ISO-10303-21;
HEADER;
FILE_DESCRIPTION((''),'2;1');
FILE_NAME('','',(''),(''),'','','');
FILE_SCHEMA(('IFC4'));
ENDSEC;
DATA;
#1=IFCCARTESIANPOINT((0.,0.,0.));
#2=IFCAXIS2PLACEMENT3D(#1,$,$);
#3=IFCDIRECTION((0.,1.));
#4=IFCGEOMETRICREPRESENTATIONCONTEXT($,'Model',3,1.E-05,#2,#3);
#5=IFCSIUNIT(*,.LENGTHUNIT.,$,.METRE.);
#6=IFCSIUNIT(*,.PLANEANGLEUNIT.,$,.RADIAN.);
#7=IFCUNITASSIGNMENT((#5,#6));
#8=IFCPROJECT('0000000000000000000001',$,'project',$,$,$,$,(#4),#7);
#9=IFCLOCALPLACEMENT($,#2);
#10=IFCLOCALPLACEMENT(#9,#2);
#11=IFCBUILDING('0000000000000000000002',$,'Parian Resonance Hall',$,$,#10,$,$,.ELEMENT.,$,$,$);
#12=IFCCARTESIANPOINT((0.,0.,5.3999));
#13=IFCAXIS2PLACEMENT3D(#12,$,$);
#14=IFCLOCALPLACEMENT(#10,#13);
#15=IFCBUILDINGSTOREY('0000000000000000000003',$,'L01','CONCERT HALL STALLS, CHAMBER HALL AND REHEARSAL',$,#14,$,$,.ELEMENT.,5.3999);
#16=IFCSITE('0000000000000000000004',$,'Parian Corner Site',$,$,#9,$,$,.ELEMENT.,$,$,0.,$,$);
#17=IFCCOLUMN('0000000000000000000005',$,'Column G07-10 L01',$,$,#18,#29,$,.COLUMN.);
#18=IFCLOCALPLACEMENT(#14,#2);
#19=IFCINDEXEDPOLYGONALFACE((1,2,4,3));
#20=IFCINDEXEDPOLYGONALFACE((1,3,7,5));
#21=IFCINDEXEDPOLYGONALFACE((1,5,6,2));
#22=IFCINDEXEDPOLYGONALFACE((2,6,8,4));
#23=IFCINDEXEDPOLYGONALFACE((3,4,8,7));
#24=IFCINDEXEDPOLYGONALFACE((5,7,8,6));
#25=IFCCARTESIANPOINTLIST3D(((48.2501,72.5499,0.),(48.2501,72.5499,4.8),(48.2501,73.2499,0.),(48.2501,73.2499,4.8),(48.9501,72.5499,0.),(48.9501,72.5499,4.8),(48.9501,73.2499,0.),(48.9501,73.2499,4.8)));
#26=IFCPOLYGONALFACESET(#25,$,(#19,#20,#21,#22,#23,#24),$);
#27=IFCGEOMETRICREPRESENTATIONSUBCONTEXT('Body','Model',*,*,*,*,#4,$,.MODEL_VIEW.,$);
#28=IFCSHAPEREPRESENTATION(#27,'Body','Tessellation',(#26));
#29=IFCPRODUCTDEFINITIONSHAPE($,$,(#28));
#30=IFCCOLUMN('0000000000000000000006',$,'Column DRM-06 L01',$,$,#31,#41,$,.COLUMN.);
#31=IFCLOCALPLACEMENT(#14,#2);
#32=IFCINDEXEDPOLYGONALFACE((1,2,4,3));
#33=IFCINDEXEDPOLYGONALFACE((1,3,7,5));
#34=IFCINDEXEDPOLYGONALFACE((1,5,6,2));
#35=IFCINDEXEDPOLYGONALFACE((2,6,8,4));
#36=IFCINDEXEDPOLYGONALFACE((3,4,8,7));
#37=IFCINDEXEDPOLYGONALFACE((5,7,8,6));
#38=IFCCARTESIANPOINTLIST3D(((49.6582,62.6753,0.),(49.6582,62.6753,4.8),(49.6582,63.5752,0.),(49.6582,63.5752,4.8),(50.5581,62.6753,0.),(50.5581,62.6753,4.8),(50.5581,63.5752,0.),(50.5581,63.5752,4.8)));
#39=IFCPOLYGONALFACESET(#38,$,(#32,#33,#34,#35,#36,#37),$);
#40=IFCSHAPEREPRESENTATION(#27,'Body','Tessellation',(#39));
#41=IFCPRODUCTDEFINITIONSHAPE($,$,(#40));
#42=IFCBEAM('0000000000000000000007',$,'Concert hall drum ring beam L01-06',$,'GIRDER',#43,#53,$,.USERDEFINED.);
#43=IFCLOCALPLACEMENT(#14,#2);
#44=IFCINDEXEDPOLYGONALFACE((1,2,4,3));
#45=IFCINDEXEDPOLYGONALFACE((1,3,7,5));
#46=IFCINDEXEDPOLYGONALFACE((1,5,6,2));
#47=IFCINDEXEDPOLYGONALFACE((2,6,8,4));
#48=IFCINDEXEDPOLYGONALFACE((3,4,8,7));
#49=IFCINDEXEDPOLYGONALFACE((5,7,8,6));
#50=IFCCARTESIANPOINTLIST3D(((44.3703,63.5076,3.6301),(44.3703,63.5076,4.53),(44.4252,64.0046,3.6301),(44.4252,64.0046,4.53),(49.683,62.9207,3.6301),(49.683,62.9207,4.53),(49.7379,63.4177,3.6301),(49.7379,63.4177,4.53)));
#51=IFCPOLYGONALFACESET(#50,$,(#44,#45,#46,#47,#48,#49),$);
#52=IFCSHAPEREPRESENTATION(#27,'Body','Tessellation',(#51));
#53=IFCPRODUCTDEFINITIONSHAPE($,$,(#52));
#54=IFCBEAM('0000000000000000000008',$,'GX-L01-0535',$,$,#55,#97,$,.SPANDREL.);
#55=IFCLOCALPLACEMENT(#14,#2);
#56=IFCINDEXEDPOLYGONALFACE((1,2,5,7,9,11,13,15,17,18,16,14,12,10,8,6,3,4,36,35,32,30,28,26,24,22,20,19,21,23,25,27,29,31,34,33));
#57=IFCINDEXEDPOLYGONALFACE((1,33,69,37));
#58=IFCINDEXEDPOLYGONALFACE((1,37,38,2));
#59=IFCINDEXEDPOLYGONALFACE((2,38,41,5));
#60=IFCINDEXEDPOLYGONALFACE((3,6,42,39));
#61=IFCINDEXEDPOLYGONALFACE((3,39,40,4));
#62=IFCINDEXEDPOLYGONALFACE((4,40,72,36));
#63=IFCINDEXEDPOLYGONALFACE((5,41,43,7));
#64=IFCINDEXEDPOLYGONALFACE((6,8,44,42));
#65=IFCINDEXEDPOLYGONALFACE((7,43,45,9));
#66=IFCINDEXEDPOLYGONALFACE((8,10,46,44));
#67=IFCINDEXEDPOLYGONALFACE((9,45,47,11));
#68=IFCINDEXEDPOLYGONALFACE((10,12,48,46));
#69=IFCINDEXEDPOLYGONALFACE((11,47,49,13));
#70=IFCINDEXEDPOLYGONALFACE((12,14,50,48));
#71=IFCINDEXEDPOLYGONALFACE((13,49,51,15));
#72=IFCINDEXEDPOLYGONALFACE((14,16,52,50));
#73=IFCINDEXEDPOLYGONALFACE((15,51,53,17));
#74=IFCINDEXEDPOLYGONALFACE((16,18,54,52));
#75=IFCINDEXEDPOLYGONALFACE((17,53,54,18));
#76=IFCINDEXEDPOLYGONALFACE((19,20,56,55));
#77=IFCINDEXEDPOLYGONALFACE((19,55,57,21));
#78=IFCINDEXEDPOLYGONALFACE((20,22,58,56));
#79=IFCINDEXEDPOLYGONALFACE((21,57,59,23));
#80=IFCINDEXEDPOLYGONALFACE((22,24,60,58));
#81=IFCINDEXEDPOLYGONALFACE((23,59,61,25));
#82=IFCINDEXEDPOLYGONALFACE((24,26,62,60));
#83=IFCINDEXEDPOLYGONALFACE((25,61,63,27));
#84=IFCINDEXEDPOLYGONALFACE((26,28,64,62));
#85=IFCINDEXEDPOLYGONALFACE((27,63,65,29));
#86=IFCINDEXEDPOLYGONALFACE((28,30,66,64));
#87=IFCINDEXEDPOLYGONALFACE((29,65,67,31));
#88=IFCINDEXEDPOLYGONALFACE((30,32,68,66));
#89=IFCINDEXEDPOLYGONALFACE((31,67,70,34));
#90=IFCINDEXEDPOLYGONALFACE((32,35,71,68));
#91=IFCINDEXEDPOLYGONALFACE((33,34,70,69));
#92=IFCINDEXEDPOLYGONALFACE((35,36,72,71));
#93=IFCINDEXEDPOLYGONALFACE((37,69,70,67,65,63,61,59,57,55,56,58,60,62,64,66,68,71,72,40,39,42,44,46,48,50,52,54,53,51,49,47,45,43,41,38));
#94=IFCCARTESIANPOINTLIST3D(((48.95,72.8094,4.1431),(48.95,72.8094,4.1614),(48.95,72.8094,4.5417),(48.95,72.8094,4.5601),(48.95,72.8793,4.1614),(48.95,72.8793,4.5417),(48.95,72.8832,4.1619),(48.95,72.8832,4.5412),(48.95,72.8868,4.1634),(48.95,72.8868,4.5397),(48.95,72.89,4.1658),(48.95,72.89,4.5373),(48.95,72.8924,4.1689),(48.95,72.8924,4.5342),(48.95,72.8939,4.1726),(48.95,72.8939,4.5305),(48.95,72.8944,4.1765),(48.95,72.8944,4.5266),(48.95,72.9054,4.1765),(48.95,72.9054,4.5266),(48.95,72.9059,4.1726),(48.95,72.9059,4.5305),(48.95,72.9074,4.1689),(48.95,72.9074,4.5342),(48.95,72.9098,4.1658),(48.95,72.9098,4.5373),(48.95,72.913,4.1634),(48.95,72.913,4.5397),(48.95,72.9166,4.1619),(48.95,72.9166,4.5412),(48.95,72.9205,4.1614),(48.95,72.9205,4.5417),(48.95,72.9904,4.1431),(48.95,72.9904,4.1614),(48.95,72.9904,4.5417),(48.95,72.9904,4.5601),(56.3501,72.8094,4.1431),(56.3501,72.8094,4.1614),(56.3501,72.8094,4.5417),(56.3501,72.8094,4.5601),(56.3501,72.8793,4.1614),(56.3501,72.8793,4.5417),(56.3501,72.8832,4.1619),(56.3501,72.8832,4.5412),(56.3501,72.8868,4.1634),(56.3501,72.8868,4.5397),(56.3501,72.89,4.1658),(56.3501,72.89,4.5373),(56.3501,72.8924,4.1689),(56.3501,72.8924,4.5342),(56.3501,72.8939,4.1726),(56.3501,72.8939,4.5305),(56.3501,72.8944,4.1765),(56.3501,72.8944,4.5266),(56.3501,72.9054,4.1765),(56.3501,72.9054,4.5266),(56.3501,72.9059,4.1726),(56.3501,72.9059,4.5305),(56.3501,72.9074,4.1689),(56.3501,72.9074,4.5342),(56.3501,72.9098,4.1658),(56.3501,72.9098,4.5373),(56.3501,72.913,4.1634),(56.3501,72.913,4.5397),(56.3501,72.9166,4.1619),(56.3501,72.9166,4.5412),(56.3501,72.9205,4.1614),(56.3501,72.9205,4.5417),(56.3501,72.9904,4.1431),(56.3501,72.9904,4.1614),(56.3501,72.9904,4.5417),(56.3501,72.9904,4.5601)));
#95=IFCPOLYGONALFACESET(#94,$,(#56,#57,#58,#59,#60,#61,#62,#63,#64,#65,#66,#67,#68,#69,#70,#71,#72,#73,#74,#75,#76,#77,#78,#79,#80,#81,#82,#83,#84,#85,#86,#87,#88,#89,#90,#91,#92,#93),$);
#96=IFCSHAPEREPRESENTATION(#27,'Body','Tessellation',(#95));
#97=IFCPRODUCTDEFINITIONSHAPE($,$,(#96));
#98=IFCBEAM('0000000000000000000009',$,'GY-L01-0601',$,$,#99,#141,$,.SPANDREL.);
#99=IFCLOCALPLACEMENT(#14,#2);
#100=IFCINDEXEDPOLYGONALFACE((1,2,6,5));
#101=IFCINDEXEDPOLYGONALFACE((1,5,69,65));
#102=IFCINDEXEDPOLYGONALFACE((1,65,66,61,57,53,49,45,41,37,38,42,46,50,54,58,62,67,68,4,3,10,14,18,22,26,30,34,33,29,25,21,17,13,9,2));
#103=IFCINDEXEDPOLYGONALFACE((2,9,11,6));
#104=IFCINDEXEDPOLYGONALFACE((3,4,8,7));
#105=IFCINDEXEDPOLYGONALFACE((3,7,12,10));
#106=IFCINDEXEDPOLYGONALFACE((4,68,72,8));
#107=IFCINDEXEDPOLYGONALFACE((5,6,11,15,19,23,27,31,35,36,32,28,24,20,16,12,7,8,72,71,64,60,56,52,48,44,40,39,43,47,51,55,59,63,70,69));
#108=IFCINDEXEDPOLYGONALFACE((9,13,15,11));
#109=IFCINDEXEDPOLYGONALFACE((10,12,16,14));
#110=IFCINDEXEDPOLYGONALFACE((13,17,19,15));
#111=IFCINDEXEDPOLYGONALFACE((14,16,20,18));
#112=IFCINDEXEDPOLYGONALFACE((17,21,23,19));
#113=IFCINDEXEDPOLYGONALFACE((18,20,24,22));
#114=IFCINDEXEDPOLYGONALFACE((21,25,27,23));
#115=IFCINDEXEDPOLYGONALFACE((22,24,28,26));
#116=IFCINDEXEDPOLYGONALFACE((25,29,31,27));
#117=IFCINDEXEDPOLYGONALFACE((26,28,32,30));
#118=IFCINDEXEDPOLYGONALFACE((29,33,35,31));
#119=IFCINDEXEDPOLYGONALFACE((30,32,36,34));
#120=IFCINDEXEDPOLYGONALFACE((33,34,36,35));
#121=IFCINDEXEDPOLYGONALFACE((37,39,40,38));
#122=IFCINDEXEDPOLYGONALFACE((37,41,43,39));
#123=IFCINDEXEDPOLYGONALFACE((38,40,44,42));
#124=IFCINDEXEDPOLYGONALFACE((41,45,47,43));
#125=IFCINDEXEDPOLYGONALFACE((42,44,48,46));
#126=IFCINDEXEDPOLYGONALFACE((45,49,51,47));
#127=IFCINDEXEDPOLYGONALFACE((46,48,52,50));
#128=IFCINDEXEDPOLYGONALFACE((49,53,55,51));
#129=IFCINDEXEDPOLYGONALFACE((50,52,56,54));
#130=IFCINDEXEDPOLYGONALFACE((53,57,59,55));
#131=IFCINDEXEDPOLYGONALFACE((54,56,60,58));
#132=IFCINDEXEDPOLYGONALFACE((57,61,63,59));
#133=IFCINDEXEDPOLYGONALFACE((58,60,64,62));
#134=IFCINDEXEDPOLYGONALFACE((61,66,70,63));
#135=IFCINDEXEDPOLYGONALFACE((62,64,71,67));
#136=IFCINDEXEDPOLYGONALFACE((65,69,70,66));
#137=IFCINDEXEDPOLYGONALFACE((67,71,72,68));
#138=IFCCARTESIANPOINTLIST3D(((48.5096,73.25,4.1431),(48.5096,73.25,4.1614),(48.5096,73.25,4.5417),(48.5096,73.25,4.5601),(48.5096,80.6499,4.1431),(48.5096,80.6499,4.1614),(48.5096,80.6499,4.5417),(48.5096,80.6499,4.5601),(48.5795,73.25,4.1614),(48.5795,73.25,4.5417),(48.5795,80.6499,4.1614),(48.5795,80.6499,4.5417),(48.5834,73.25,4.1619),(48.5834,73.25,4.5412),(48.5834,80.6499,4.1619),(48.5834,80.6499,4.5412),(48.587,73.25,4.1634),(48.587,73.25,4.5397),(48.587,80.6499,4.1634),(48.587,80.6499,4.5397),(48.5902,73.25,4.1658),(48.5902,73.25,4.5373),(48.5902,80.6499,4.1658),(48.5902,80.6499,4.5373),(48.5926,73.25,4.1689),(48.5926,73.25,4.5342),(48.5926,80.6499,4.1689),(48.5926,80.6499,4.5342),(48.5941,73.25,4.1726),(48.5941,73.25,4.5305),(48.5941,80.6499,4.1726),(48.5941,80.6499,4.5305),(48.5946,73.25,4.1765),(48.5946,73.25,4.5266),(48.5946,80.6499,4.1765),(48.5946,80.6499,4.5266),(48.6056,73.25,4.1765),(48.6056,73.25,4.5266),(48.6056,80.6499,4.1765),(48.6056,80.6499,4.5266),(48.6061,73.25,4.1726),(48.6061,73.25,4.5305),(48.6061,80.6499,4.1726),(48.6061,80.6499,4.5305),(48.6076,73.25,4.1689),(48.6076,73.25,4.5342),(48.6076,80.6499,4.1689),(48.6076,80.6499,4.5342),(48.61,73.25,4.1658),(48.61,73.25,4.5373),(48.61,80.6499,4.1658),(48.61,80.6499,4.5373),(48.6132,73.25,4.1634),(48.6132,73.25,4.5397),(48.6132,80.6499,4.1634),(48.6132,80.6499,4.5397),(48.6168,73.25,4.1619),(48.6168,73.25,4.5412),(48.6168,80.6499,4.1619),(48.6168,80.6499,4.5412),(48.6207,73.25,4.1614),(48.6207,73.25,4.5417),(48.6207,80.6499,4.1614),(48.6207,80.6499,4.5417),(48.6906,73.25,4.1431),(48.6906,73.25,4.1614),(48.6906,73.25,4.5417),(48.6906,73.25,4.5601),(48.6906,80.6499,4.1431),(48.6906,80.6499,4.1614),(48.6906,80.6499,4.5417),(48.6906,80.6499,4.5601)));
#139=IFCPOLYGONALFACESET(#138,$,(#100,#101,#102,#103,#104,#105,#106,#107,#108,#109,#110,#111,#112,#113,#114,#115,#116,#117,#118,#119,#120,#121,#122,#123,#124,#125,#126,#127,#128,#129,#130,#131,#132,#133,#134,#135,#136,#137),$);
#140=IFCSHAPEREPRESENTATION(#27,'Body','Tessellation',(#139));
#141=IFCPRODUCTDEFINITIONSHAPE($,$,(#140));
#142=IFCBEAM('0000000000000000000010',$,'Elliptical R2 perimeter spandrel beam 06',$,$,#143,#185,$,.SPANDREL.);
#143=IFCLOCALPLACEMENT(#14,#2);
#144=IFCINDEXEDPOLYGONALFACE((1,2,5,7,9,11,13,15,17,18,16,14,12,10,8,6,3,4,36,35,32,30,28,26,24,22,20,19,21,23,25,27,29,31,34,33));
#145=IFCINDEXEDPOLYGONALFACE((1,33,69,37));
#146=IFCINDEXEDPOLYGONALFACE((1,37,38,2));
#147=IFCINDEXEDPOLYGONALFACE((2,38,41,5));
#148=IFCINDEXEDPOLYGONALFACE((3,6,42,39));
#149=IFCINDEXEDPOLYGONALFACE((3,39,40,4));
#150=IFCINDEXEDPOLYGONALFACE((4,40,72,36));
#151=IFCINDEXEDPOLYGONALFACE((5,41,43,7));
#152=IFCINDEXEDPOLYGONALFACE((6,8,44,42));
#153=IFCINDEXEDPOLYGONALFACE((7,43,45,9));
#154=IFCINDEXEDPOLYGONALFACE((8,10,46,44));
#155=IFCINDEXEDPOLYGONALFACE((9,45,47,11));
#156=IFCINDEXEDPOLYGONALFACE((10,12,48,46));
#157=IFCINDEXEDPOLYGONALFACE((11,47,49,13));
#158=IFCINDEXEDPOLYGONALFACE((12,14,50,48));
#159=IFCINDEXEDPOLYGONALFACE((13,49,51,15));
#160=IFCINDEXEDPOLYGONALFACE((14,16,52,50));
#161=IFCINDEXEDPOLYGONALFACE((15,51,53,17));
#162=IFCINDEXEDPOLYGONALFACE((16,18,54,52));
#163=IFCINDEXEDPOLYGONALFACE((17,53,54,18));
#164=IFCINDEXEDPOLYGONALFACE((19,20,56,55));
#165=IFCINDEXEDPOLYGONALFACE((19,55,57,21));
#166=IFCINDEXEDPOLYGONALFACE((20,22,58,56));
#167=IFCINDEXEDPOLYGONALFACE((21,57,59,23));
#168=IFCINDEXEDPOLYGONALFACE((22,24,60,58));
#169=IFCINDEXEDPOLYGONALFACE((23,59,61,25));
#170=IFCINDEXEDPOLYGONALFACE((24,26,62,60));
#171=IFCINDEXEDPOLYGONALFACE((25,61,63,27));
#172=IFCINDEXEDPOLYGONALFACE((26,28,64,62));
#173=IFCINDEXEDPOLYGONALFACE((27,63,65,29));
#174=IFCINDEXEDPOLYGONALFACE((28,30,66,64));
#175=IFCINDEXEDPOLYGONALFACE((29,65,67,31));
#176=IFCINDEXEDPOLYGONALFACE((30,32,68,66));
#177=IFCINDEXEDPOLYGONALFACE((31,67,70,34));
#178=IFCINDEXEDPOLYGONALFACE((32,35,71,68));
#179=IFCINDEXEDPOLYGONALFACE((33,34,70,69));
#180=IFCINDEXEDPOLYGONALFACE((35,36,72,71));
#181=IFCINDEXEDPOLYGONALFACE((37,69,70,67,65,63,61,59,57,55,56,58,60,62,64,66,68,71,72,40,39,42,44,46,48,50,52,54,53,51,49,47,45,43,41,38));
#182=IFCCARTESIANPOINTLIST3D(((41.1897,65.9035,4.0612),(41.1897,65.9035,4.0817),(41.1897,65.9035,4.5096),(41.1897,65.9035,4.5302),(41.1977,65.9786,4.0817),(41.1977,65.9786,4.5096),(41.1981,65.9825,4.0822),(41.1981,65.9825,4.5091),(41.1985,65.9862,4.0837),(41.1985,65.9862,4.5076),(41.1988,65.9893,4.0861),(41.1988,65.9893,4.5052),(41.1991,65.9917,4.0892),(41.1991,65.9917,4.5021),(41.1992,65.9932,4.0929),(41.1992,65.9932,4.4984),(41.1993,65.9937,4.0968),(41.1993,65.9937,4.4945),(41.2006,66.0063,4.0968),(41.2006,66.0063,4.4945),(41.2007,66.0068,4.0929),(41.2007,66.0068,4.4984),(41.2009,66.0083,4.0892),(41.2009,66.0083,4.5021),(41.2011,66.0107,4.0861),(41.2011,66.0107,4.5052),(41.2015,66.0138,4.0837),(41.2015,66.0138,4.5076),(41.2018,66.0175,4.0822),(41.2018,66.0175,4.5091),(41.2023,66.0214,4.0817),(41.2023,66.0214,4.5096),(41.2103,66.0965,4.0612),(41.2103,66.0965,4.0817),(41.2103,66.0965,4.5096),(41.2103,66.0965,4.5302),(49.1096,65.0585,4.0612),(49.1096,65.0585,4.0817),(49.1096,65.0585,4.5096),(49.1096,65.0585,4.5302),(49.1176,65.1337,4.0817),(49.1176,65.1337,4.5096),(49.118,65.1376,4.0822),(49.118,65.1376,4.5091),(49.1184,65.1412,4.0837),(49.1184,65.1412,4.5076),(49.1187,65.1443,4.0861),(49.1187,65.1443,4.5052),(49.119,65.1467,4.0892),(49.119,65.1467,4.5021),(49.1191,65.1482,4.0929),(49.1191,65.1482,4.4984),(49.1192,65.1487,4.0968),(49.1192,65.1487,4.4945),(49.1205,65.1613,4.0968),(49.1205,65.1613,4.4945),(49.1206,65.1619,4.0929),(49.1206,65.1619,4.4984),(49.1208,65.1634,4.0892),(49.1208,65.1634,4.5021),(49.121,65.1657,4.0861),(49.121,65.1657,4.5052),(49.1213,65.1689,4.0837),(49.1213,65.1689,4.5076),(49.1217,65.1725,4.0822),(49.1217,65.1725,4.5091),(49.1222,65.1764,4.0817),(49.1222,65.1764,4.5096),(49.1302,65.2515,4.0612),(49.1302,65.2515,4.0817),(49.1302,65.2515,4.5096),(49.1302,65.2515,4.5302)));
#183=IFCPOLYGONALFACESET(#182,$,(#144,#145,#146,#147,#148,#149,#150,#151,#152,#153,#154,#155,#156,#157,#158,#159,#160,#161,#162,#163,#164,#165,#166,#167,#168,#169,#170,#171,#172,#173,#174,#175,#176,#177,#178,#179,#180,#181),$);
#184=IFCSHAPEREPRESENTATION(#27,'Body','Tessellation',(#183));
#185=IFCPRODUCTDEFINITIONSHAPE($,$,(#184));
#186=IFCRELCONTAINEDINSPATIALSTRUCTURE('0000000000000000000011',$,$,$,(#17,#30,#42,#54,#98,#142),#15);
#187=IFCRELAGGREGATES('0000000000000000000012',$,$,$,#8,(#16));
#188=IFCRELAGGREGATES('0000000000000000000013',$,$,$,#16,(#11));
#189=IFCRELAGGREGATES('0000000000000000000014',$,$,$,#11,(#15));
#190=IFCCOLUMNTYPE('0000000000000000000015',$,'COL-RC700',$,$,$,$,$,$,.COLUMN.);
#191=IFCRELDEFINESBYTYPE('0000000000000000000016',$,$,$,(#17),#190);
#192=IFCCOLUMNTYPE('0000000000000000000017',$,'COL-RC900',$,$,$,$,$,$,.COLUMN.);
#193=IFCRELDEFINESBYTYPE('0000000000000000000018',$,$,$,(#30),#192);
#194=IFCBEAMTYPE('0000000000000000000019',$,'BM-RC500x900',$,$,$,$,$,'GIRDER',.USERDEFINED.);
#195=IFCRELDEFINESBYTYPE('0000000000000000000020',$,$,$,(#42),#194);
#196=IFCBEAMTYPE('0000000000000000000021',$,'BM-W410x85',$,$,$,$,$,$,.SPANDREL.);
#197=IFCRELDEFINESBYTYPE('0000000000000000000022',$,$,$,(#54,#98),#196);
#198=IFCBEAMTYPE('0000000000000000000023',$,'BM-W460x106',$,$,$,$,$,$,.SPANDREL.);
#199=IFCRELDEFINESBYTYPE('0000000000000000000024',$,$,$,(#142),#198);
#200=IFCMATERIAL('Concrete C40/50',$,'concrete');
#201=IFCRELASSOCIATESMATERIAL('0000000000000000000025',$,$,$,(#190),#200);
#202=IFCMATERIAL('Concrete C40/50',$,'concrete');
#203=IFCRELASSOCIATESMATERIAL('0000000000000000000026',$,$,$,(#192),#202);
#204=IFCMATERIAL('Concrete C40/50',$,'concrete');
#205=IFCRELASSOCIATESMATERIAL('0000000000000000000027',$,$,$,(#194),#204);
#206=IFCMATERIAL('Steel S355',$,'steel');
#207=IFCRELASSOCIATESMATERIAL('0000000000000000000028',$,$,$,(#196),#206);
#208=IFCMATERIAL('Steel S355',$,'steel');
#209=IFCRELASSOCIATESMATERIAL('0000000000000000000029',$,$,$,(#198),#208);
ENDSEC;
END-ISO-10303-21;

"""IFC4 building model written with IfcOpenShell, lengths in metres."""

from ifc_helpers import new_model, si_unit, direction, frame, origin, origin_2d, place, context, subcontext, project, spatial, rectangle, i_section, extrude, material, material_profile, profile_set, type_object, element, save


model = new_model("IFC4")

# Units and contexts
model_context = context("Model", 3, precision=1e-05, world=origin(), true_north=direction((0.0, 1.0)))
body_context = subcontext(model_context, "Body", "Model", "MODEL_VIEW")
ifc_project = project(units=[si_unit("LENGTHUNIT", "METRE"), si_unit("PLANEANGLEUNIT", "RADIAN")], contexts=[model_context])

# Site, building, storey
site_placement = place(None, origin())
site = spatial("IfcSite", under=ifc_project, at=site_placement, Name="Parian Corner Site", CompositionType="ELEMENT", RefElevation=0.0)
building_placement = place(site_placement, origin())
building = spatial("IfcBuilding", under=site, at=building_placement, Name="Parian Resonance Hall", CompositionType="ELEMENT")
storey_placement = place(building_placement, frame((0.0, 0.0, 5.3999)))
storey = spatial("IfcBuildingStorey", under=building, at=storey_placement, Name="L01", Description="CONCERT HALL STALLS, CHAMBER HALL AND REHEARSAL", CompositionType="ELEMENT", Elevation=5.3999)

# Columns
ifc_material_1 = material(Name="Concrete C40/50", Category="concrete")
ifc_material_profile_1 = material_profile(ifc_material_1, rectangle(XDim=0.7, YDim=0.7, at=origin_2d()), Name="RC-COL-700x700")
ifc_profile_set_1 = profile_set([ifc_material_profile_1], Name="Concrete C40/50")
column_type_1 = type_object("IfcColumnType", Name="COL-RC700", PredefinedType="COLUMN", material=ifc_profile_set_1)
column_1_placement = place(storey_placement, frame((48.6001, 72.8999, 0.0), z_axis=(0.0, 0.0, 1.0), x_axis=(1.0, 0.0, 0.0)))
element("IfcColumn", 1, at=column_1_placement, inside=storey, type_object=column_type_1, Name="Column G07-10 L01", PredefinedType="COLUMN", context=body_context, shape_type="SweptSolid", body=[
    extrude(rectangle(XDim=0.7, YDim=0.7, at=origin_2d()), origin(), (0.0, 0.0, 1.0), 4.8),
])
ifc_material_2 = material(Name="Concrete C40/50", Category="concrete")
ifc_material_profile_2 = material_profile(ifc_material_2, rectangle(XDim=0.8999, YDim=0.8999, at=origin_2d()), Name="RC-COL-900x900")
ifc_profile_set_2 = profile_set([ifc_material_profile_2], Name="Concrete C40/50")
column_type_2 = type_object("IfcColumnType", Name="COL-RC900", PredefinedType="COLUMN", material=ifc_profile_set_2)
column_2_placement = place(storey_placement, frame((50.1082, 63.1252, 0.0), z_axis=(0.0, 0.0, 1.0), x_axis=(1.0, 0.0, 0.0)))
element("IfcColumn", 2, at=column_2_placement, inside=storey, type_object=column_type_2, Name="Column DRM-06 L01", PredefinedType="COLUMN", context=body_context, shape_type="SweptSolid", body=[
    extrude(rectangle(XDim=0.8999, YDim=0.8999, at=origin_2d()), origin(), (0.0, 0.0, 1.0), 4.8),
])

# Beams
ifc_material_3 = material(Name="Concrete C40/50", Category="concrete")
ifc_material_profile_3 = material_profile(ifc_material_3, rectangle(XDim=0.5, YDim=0.8999, at=origin_2d()), Name="RC-BM-500x900")
ifc_profile_set_3 = profile_set([ifc_material_profile_3], Name="Concrete C40/50")
beam_type_1 = type_object("IfcBeamType", Name="BM-RC500x900", ElementType="GIRDER", PredefinedType="USERDEFINED", material=ifc_profile_set_3)
beam_1_placement = place(storey_placement, frame((49.7104, 63.1692, 4.0801), z_axis=(-0.993953, 0.109805, 0.0), x_axis=(-0.109805, -0.993953, 0.0)))
element("IfcBeam", 3, at=beam_1_placement, inside=storey, type_object=beam_type_1, Name="Concert hall drum ring beam L01-06", ObjectType="GIRDER", PredefinedType="USERDEFINED", context=body_context, shape_type="SweptSolid", body=[
    extrude(rectangle(XDim=0.5, YDim=0.8999, at=origin_2d()), origin(), (0.0, 0.0, 1.0), 5.345),
])
ifc_material_4 = material(Name="Steel S355", Category="steel")
ifc_material_profile_4 = material_profile(ifc_material_4, i_section(OverallWidth=0.1809, OverallDepth=0.417, WebThickness=0.011, FlangeThickness=0.0183, FilletRadius=0.0151, at=origin_2d()), Name="W410x85")
ifc_profile_set_4 = profile_set([ifc_material_profile_4], Name="Steel S355")
beam_type_2 = type_object("IfcBeamType", Name="BM-W410x85", PredefinedType="SPANDREL", material=ifc_profile_set_4)
beam_2_placement = place(storey_placement, frame((48.95, 72.8999, 4.3516), z_axis=(1.0, 0.0, 0.0), x_axis=(0.0, 1.0, 0.0)))
element("IfcBeam", 4, at=beam_2_placement, inside=storey, type_object=beam_type_2, Name="GX-L01-0535", PredefinedType="SPANDREL", context=body_context, shape_type="SweptSolid", body=[
    extrude(i_section(OverallWidth=0.1809, OverallDepth=0.417, WebThickness=0.011, FlangeThickness=0.0183, FilletRadius=0.0151, at=origin_2d()), origin(), (0.0, 0.0, 1.0), 7.4001),
])
beam_3_placement = place(storey_placement, frame((48.6001, 73.25, 4.3516), z_axis=(0.0, 1.0, 0.0), x_axis=(-1.0, 0.0, 0.0)))
element("IfcBeam", 5, at=beam_3_placement, inside=storey, type_object=beam_type_2, Name="GY-L01-0601", PredefinedType="SPANDREL", context=body_context, shape_type="SweptSolid", body=[
    extrude(i_section(OverallWidth=0.1809, OverallDepth=0.417, WebThickness=0.011, FlangeThickness=0.0183, FilletRadius=0.0151, at=origin_2d()), origin(), (0.0, 0.0, 1.0), 7.3999),
])
ifc_material_5 = material(Name="Steel S355", Category="steel")
ifc_material_profile_5 = material_profile(ifc_material_5, i_section(OverallWidth=0.1941, OverallDepth=0.469, WebThickness=0.0127, FlangeThickness=0.0205, FilletRadius=0.0151, at=origin_2d()), Name="W460x106")
ifc_profile_set_5 = profile_set([ifc_material_profile_5], Name="Steel S355")
beam_type_3 = type_object("IfcBeamType", Name="BM-W460x106", PredefinedType="SPANDREL", material=ifc_profile_set_5)
beam_4_placement = place(storey_placement, frame((49.1199, 65.155, 4.2957), z_axis=(-0.994357, 0.106087, 0.0), x_axis=(-0.106087, -0.994357, 0.0)))
element("IfcBeam", 6, at=beam_4_placement, inside=storey, type_object=beam_type_3, Name="Elliptical R2 perimeter spandrel beam 06", PredefinedType="SPANDREL", context=body_context, shape_type="SweptSolid", body=[
    extrude(i_section(OverallWidth=0.1941, OverallDepth=0.469, WebThickness=0.0127, FlangeThickness=0.0205, FilletRadius=0.0151, at=origin_2d()), origin(), (0.0, 0.0, 1.0), 7.9648),
])

save(model, "model.ifc")
